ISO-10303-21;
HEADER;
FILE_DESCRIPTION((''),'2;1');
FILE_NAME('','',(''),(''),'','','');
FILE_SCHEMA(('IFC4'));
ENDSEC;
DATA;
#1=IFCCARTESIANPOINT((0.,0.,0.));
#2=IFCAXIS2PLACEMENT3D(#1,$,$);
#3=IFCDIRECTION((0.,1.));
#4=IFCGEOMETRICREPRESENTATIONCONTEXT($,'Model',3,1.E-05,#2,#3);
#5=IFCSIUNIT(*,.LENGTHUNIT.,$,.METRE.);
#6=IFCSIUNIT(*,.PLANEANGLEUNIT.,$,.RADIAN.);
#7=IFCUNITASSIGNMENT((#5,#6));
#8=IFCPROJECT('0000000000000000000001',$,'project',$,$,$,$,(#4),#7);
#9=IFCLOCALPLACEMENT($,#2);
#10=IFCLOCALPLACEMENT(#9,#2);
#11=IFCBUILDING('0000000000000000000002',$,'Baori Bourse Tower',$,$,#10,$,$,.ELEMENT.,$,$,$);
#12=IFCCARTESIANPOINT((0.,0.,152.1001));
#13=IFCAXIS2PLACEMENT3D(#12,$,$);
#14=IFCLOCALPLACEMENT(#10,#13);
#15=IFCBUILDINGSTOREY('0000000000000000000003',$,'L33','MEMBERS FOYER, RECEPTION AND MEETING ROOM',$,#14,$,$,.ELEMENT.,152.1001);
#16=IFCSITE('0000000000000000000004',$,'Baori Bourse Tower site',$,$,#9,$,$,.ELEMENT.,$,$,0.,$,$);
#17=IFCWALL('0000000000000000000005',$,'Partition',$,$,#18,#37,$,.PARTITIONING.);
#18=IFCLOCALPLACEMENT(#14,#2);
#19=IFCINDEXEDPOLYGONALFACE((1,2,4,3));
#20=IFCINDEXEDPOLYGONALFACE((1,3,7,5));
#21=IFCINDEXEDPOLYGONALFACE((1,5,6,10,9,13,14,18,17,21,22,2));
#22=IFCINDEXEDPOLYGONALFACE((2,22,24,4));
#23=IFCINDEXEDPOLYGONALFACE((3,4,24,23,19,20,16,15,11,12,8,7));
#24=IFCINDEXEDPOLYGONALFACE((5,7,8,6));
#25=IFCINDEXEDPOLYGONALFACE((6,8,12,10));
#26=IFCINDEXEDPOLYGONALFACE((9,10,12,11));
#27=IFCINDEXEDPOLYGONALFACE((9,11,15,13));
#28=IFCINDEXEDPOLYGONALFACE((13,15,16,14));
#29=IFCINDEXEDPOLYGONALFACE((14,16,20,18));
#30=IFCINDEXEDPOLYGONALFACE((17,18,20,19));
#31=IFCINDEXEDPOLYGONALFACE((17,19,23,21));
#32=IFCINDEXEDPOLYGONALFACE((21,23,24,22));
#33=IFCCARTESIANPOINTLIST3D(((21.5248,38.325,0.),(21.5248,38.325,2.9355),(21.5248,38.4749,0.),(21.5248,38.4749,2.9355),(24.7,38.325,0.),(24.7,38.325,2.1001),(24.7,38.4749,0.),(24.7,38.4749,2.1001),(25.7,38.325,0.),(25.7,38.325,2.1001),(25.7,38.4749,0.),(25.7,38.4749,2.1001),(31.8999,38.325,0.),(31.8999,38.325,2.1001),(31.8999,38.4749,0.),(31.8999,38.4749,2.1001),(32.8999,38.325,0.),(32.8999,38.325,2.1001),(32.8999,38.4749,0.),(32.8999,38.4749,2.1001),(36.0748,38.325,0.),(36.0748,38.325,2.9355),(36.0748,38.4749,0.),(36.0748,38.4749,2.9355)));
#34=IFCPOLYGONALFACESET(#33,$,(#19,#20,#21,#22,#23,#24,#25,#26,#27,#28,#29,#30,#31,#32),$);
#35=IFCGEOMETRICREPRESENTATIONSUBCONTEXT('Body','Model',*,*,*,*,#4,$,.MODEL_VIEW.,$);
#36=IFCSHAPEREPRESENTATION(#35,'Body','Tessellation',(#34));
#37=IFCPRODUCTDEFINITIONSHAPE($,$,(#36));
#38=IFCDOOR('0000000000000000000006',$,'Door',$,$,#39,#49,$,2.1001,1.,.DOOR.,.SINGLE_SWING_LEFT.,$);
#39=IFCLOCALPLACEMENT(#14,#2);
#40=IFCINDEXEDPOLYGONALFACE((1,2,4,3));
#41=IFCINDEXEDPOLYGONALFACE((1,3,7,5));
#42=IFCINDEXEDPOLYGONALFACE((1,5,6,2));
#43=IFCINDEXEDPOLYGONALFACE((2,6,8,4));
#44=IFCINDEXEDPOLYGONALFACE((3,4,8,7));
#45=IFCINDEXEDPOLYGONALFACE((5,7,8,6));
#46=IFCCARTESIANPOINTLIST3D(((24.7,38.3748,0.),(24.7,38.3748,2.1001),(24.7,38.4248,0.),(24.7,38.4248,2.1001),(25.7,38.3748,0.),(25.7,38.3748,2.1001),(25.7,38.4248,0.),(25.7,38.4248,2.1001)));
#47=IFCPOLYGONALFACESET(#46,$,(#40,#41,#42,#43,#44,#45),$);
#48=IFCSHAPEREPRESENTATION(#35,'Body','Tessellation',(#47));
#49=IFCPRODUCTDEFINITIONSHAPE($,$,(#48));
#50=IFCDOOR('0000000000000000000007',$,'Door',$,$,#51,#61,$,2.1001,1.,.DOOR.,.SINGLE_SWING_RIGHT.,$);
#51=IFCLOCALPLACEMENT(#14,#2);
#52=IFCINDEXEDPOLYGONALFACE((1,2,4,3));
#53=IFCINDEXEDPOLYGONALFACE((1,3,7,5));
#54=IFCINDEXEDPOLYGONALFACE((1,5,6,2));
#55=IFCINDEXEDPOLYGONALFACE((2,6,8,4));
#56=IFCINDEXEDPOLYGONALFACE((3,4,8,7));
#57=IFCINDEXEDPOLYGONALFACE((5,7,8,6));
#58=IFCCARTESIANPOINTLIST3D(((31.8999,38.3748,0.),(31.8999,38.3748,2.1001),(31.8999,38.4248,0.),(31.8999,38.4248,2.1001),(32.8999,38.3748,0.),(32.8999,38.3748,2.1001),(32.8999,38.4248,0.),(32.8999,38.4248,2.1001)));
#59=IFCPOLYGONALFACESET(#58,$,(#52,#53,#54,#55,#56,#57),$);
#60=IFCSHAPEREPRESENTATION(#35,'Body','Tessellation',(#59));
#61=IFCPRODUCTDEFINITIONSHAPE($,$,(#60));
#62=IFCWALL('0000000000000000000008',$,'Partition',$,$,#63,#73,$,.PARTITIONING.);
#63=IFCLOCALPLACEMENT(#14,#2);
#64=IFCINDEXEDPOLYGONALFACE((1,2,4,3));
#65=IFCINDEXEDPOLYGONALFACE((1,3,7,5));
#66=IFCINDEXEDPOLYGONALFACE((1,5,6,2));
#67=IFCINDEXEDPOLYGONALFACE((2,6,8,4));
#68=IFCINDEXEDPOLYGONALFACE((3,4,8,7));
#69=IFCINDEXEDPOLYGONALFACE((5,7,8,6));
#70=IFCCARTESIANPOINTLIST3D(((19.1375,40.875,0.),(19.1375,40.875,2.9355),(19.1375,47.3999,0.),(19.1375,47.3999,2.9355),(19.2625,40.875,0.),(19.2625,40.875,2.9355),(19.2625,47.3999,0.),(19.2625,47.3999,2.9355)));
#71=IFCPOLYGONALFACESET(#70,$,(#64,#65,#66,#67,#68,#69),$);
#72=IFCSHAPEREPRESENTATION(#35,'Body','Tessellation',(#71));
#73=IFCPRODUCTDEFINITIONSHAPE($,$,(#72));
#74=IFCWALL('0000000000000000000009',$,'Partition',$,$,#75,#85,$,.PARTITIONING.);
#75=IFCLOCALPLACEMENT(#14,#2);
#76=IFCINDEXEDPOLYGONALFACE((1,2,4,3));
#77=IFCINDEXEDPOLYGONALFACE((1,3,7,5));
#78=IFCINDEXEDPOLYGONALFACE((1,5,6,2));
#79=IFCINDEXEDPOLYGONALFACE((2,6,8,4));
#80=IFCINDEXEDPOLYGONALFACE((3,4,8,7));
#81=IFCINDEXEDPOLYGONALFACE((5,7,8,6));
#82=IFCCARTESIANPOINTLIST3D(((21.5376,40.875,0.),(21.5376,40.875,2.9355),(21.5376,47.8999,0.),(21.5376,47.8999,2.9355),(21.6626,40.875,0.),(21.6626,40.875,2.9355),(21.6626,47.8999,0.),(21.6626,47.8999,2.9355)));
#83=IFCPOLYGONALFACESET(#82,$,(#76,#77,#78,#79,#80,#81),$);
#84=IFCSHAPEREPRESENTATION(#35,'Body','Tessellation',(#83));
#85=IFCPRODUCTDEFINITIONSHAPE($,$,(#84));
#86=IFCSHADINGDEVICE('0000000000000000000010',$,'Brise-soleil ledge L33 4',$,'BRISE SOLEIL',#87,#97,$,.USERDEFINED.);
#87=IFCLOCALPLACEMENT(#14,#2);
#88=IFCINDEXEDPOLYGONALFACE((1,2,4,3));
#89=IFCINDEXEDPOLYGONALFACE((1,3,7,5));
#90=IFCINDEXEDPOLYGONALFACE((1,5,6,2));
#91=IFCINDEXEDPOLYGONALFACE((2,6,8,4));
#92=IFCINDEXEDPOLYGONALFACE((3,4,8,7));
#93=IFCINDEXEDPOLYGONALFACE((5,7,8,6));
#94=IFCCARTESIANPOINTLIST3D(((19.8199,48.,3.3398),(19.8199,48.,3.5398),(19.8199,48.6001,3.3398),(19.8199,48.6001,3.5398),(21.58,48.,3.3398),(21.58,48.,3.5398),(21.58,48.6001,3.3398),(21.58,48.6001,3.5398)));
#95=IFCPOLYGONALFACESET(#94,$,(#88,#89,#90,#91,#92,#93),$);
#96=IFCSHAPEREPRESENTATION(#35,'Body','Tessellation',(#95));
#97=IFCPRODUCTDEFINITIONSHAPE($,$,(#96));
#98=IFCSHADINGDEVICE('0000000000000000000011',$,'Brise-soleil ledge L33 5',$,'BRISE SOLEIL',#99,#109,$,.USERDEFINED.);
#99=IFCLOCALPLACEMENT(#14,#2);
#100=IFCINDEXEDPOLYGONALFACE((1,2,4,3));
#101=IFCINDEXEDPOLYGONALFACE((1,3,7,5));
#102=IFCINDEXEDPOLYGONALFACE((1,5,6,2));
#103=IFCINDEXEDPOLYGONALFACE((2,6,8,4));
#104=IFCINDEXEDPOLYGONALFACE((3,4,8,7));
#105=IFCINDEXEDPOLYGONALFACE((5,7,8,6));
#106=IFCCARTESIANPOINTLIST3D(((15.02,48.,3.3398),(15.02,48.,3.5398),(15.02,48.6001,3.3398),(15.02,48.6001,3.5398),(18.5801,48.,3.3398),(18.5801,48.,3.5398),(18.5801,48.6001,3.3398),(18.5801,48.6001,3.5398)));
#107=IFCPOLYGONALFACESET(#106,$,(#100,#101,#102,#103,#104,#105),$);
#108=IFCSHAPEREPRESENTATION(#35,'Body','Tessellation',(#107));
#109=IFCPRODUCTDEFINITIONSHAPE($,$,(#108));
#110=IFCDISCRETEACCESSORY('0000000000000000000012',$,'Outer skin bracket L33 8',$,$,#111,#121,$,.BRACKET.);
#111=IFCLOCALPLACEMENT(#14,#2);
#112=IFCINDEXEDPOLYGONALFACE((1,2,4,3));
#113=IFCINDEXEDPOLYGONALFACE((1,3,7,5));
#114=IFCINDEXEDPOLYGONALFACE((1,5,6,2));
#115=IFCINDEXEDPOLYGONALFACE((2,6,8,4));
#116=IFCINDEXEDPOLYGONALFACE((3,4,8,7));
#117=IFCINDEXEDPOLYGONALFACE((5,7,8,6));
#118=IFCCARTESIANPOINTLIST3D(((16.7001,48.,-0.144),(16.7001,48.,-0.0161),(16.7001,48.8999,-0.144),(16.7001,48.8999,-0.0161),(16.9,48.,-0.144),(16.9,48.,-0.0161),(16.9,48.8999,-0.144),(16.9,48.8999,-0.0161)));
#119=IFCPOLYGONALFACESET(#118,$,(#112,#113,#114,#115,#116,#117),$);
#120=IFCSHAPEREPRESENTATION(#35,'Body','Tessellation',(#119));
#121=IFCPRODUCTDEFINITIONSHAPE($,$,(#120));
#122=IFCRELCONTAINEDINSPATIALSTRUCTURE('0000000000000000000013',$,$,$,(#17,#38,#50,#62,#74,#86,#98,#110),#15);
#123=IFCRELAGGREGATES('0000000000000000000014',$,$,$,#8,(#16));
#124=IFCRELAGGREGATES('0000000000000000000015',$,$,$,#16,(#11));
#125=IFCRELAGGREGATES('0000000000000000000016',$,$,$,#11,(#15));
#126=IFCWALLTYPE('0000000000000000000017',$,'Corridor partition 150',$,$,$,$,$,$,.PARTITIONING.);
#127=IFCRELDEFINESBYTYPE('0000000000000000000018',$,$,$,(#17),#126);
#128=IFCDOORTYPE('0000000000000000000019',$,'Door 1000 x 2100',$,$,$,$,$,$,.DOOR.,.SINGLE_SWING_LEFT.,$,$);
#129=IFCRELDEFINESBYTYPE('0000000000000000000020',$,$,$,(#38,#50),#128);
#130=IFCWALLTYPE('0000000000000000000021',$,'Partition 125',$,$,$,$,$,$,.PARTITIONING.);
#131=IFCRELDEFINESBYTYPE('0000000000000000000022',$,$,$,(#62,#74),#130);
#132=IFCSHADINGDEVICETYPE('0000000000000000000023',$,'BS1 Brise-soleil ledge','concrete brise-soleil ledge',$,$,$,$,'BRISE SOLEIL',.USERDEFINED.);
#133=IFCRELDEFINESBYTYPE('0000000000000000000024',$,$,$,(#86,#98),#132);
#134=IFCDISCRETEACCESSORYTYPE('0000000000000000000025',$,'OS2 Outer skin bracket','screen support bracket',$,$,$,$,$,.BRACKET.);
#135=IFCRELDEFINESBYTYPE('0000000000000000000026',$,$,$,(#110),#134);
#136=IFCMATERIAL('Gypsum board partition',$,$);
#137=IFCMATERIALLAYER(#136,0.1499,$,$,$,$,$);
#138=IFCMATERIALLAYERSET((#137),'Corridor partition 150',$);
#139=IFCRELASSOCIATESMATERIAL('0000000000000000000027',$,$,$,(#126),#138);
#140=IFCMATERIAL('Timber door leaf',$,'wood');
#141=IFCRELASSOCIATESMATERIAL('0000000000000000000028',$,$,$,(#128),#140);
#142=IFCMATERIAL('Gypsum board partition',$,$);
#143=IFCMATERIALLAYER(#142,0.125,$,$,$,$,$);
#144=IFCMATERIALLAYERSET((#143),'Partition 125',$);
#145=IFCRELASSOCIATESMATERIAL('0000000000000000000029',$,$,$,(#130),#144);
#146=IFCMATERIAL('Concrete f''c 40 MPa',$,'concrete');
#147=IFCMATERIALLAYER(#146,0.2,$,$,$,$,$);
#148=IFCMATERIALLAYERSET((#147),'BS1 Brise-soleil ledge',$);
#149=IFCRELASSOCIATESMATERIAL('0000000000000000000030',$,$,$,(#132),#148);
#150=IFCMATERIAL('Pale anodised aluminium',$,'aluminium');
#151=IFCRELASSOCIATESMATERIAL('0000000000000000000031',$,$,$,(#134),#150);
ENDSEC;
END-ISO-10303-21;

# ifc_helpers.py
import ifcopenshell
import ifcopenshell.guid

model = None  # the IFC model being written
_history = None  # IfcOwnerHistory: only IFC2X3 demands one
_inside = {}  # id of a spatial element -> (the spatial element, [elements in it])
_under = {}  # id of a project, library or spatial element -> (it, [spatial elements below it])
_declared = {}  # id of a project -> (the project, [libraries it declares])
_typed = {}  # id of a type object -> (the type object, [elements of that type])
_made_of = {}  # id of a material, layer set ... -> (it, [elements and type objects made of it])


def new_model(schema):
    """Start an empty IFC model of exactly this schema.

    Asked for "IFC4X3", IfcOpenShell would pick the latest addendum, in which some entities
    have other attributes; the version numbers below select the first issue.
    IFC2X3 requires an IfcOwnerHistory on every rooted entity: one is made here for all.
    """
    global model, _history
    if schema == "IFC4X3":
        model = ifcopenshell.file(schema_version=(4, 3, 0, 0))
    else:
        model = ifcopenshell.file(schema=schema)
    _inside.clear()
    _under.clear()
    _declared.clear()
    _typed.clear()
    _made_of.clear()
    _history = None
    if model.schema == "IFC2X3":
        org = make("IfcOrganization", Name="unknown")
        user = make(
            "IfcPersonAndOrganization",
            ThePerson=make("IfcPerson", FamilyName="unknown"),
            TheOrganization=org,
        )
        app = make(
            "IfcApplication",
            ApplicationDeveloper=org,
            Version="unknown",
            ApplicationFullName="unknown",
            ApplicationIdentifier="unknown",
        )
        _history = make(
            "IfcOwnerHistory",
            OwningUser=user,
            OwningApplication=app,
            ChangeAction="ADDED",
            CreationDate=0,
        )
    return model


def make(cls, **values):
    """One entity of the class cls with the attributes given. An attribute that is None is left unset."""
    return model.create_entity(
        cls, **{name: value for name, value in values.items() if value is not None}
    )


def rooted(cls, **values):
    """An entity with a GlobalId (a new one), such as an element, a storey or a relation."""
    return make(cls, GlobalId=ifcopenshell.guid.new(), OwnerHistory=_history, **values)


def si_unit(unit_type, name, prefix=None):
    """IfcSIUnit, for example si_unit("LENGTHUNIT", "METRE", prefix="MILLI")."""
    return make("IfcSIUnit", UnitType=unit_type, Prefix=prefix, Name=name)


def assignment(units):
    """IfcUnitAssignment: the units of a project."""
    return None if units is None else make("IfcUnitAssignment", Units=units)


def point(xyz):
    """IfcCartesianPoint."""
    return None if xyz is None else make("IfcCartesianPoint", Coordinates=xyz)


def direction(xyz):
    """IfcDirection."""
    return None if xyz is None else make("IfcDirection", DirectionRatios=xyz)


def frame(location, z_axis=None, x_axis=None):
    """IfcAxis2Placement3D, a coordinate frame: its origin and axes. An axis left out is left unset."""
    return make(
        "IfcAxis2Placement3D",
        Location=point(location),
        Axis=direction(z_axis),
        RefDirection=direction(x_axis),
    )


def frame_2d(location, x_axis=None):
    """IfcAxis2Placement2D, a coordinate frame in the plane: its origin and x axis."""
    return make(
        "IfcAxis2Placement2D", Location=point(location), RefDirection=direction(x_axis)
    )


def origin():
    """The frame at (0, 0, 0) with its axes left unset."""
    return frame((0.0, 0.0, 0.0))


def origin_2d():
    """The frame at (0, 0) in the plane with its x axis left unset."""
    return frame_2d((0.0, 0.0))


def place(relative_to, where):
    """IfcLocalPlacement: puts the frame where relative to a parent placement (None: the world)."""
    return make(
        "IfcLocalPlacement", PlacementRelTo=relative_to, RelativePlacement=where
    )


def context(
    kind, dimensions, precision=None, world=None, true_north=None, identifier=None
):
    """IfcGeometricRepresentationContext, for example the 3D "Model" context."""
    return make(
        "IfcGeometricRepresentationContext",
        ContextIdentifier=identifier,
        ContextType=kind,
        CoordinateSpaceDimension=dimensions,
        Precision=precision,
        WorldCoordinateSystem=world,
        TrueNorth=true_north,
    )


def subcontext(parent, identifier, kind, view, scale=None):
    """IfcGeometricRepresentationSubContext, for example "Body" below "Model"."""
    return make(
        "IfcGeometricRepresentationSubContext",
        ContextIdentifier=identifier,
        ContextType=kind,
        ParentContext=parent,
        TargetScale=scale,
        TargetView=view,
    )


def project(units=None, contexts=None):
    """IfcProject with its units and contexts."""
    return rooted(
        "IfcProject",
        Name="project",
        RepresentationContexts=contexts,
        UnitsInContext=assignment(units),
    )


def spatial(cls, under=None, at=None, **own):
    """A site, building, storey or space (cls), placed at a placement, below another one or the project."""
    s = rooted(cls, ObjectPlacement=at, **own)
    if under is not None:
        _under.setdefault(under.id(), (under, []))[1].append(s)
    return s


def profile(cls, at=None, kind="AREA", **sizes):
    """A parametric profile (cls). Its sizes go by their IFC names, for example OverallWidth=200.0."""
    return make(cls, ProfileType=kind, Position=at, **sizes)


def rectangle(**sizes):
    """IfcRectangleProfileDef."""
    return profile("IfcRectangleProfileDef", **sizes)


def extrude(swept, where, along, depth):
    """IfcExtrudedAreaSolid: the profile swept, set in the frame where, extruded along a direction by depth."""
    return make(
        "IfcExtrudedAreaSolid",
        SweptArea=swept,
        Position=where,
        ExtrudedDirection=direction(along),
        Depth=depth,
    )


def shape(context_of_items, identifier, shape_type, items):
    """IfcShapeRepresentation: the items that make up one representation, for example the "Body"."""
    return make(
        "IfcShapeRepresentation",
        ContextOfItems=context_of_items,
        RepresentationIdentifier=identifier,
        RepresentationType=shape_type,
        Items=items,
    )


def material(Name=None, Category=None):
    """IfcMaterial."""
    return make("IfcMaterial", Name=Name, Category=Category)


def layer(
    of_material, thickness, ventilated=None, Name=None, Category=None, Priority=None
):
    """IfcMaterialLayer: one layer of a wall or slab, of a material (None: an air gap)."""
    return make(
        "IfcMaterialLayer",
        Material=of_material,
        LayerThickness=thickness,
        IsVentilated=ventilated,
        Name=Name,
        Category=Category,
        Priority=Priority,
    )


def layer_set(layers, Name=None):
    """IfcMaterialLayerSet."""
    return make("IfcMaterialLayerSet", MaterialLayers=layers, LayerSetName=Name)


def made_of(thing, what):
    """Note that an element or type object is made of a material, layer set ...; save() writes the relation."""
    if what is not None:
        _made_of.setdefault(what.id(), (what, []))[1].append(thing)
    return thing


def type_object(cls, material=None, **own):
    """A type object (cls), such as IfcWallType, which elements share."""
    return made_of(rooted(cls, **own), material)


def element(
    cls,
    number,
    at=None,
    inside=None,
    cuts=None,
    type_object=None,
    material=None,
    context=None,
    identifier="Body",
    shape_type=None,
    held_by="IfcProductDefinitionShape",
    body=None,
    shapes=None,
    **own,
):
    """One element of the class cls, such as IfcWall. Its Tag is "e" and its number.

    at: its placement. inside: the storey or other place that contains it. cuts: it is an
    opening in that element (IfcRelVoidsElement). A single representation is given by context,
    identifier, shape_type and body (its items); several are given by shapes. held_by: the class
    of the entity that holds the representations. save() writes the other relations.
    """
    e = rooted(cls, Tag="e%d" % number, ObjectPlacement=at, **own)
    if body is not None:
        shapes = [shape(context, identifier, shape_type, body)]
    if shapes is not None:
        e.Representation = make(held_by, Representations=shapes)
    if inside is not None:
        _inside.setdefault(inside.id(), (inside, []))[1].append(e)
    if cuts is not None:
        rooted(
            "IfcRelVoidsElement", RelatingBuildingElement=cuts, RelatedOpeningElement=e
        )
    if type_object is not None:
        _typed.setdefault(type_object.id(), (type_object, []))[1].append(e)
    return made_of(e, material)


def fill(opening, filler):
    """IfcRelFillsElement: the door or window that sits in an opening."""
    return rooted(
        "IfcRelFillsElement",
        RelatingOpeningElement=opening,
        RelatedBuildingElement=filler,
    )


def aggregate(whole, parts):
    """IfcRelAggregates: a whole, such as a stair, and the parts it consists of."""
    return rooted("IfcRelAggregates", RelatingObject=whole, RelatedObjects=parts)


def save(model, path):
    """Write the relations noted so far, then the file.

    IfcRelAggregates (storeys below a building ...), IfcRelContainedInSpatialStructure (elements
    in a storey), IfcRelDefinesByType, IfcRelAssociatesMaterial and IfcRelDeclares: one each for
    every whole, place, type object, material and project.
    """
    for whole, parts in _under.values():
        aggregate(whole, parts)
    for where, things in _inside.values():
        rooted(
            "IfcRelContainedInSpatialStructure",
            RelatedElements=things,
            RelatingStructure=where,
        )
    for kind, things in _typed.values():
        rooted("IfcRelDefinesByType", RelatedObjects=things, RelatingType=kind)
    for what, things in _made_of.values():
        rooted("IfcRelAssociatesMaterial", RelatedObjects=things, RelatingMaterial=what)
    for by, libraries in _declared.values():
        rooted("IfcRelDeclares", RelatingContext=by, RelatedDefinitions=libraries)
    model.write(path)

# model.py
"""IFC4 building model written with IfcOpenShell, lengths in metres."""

from ifc_helpers import new_model, si_unit, direction, frame, frame_2d, origin, origin_2d, place, context, subcontext, project, spatial, rectangle, extrude, material, layer, layer_set, type_object, element, fill, save


model = new_model("IFC4")

# Units and contexts
model_context = context("Model", 3, precision=1e-05, world=origin(), true_north=direction((0.0, 1.0)))
body_context = subcontext(model_context, "Body", "Model", "MODEL_VIEW")
ifc_project = project(units=[si_unit("LENGTHUNIT", "METRE"), si_unit("PLANEANGLEUNIT", "RADIAN")], contexts=[model_context])

# Site, building, storey
site_placement = place(None, origin())
site = spatial("IfcSite", under=ifc_project, at=site_placement, Name="Baori Bourse Tower site", CompositionType="ELEMENT", RefElevation=0.0)
building_placement = place(site_placement, origin())
building = spatial("IfcBuilding", under=site, at=building_placement, Name="Baori Bourse Tower", CompositionType="ELEMENT")
storey_placement = place(building_placement, frame((0.0, 0.0, 152.1001)))
storey = spatial("IfcBuildingStorey", under=building, at=storey_placement, Name="L33", Description="MEMBERS FOYER, RECEPTION AND MEETING ROOM", CompositionType="ELEMENT", Elevation=152.1001)

# Wall, openings, doors
ifc_material_1 = material(Name="Gypsum board partition")
ifc_layer_1 = layer(ifc_material_1, 0.1499)
ifc_layer_set_1 = layer_set([ifc_layer_1], Name="Corridor partition 150")
wall_type_1 = type_object("IfcWallType", Name="Corridor partition 150", PredefinedType="PARTITIONING", material=ifc_layer_set_1)
wall_1_placement = place(storey_placement, frame((21.5249, 38.3999, 0.0), z_axis=(0.0, 0.0, 1.0), x_axis=(1.0, 0.0, 0.0)))
wall_1 = element("IfcWall", 1, at=wall_1_placement, inside=storey, type_object=wall_type_1, Name="Partition", PredefinedType="PARTITIONING", context=body_context, shape_type="SweptSolid", body=[
    extrude(rectangle(XDim=14.55, YDim=0.1499, at=frame_2d((7.2749, 0.0))), origin(), (0.0, 0.0, 1.0), 2.9355),
])
opening_1_placement = place(wall_1_placement, frame((3.175, 0.0, 0.0)))
opening_1 = element("IfcOpeningElement", 2, at=opening_1_placement, cuts=wall_1, PredefinedType="OPENING", context=body_context, shape_type="SweptSolid", body=[
    extrude(rectangle(XDim=1.0, YDim=2.1001, at=frame_2d((0.5, 1.05))), frame((0.0, 0.085, 0.0), z_axis=(0.0, -1.0, 0.0), x_axis=(1.0, 0.0, 0.0)), (0.0, 0.0, 1.0), 0.1699),
])
opening_2_placement = place(wall_1_placement, frame((10.375, 0.0, 0.0)))
opening_2 = element("IfcOpeningElement", 3, at=opening_2_placement, cuts=wall_1, PredefinedType="OPENING", context=body_context, shape_type="SweptSolid", body=[
    extrude(rectangle(XDim=1.0, YDim=2.1001, at=frame_2d((0.5, 1.05))), frame((0.0, 0.085, 0.0), z_axis=(0.0, -1.0, 0.0), x_axis=(1.0, 0.0, 0.0)), (0.0, 0.0, 1.0), 0.1699),
])
ifc_material_2 = material(Name="Timber door leaf", Category="wood")
door_type_1 = type_object("IfcDoorType", Name="Door 1000 x 2100", OperationType="SINGLE_SWING_LEFT", PredefinedType="DOOR", material=ifc_material_2)
door_1_placement = place(opening_1_placement, origin())
door_1 = element("IfcDoor", 4, at=door_1_placement, inside=storey, type_object=door_type_1, Name="Door", OperationType="SINGLE_SWING_LEFT", OverallHeight=2.1001, OverallWidth=1.0, PredefinedType="DOOR", context=body_context, shape_type="SweptSolid", body=[
    extrude(rectangle(XDim=1.0, YDim=2.1001, at=frame_2d((0.5, 1.05))), frame((0.0, 0.0249, 0.0), z_axis=(0.0, -1.0, 0.0), x_axis=(1.0, 0.0, 0.0)), (0.0, 0.0, 1.0), 0.05),
])
fill(opening_1, door_1)
door_2_placement = place(opening_2_placement, origin())
door_2 = element("IfcDoor", 5, at=door_2_placement, inside=storey, type_object=door_type_1, Name="Door", OperationType="SINGLE_SWING_RIGHT", OverallHeight=2.1001, OverallWidth=1.0, PredefinedType="DOOR", context=body_context, shape_type="SweptSolid", body=[
    extrude(rectangle(XDim=1.0, YDim=2.1001, at=frame_2d((0.5, 1.05))), frame((0.0, 0.0249, 0.0), z_axis=(0.0, -1.0, 0.0), x_axis=(1.0, 0.0, 0.0)), (0.0, 0.0, 1.0), 0.05),
])
fill(opening_2, door_2)

# Walls
ifc_material_3 = material(Name="Gypsum board partition")
ifc_layer_2 = layer(ifc_material_3, 0.125)
ifc_layer_set_2 = layer_set([ifc_layer_2], Name="Partition 125")
wall_type_2 = type_object("IfcWallType", Name="Partition 125", PredefinedType="PARTITIONING", material=ifc_layer_set_2)
wall_2_placement = place(storey_placement, frame((19.2, 40.875, 0.0), z_axis=(0.0, 0.0, 1.0), x_axis=(0.0, 1.0, 0.0)))
element("IfcWall", 6, at=wall_2_placement, inside=storey, type_object=wall_type_2, Name="Partition", PredefinedType="PARTITIONING", context=body_context, shape_type="SweptSolid", body=[
    extrude(rectangle(XDim=6.5249, YDim=0.125, at=frame_2d((3.2625, 0.0))), origin(), (0.0, 0.0, 1.0), 2.9355),
])
wall_3_placement = place(storey_placement, frame((21.6001, 40.875, 0.0), z_axis=(0.0, 0.0, 1.0), x_axis=(0.0, 1.0, 0.0)))
element("IfcWall", 7, at=wall_3_placement, inside=storey, type_object=wall_type_2, Name="Partition", PredefinedType="PARTITIONING", context=body_context, shape_type="SweptSolid", body=[
    extrude(rectangle(XDim=7.0249, YDim=0.125, at=frame_2d((3.5125, 0.0))), origin(), (0.0, 0.0, 1.0), 2.9355),
])

# Shading devices
ifc_material_4 = material(Name="Concrete f'c 40 MPa", Category="concrete")
ifc_layer_3 = layer(ifc_material_4, 0.2)
ifc_layer_set_3 = layer_set([ifc_layer_3], Name="BS1 Brise-soleil ledge")
shading_device_type = type_object("IfcShadingDeviceType", Name="BS1 Brise-soleil ledge", Description="concrete brise-soleil ledge", ElementType="BRISE SOLEIL", PredefinedType="USERDEFINED", material=ifc_layer_set_3)
shading_device_1_placement = place(storey_placement, frame((20.7, 48.3, 3.3398), z_axis=(0.0, 0.0, 1.0), x_axis=(-1.0, 0.0, 0.0)))
element("IfcShadingDevice", 8, at=shading_device_1_placement, inside=storey, type_object=shading_device_type, Name="Brise-soleil ledge L33 4", ObjectType="BRISE SOLEIL", PredefinedType="USERDEFINED", context=body_context, shape_type="SweptSolid", body=[
    extrude(rectangle(XDim=1.76, YDim=0.6001, at=origin_2d()), origin(), (0.0, 0.0, 1.0), 0.2),
])
shading_device_2_placement = place(storey_placement, frame((16.8, 48.3, 3.3398), z_axis=(0.0, 0.0, 1.0), x_axis=(-1.0, 0.0, 0.0)))
element("IfcShadingDevice", 9, at=shading_device_2_placement, inside=storey, type_object=shading_device_type, Name="Brise-soleil ledge L33 5", ObjectType="BRISE SOLEIL", PredefinedType="USERDEFINED", context=body_context, shape_type="SweptSolid", body=[
    extrude(rectangle(XDim=3.5601, YDim=0.6001, at=origin_2d()), origin(), (0.0, 0.0, 1.0), 0.2),
])

# Discrete accessory
ifc_material_5 = material(Name="Pale anodised aluminium", Category="aluminium")
discrete_accessory_type = type_object("IfcDiscreteAccessoryType", Name="OS2 Outer skin bracket", Description="screen support bracket", PredefinedType="BRACKET", material=ifc_material_5)
discrete_accessory_placement = place(storey_placement, frame((16.8, 48.45, -0.144), z_axis=(0.0, 0.0, 1.0), x_axis=(-1.0, 0.0, 0.0)))
element("IfcDiscreteAccessory", 10, at=discrete_accessory_placement, inside=storey, type_object=discrete_accessory_type, Name="Outer skin bracket L33 8", PredefinedType="BRACKET", context=body_context, shape_type="SweptSolid", body=[
    extrude(rectangle(XDim=0.2, YDim=0.8999, at=origin_2d()), origin(), (0.0, 0.0, 1.0), 0.1279),
])

save(model, "model.ifc")
